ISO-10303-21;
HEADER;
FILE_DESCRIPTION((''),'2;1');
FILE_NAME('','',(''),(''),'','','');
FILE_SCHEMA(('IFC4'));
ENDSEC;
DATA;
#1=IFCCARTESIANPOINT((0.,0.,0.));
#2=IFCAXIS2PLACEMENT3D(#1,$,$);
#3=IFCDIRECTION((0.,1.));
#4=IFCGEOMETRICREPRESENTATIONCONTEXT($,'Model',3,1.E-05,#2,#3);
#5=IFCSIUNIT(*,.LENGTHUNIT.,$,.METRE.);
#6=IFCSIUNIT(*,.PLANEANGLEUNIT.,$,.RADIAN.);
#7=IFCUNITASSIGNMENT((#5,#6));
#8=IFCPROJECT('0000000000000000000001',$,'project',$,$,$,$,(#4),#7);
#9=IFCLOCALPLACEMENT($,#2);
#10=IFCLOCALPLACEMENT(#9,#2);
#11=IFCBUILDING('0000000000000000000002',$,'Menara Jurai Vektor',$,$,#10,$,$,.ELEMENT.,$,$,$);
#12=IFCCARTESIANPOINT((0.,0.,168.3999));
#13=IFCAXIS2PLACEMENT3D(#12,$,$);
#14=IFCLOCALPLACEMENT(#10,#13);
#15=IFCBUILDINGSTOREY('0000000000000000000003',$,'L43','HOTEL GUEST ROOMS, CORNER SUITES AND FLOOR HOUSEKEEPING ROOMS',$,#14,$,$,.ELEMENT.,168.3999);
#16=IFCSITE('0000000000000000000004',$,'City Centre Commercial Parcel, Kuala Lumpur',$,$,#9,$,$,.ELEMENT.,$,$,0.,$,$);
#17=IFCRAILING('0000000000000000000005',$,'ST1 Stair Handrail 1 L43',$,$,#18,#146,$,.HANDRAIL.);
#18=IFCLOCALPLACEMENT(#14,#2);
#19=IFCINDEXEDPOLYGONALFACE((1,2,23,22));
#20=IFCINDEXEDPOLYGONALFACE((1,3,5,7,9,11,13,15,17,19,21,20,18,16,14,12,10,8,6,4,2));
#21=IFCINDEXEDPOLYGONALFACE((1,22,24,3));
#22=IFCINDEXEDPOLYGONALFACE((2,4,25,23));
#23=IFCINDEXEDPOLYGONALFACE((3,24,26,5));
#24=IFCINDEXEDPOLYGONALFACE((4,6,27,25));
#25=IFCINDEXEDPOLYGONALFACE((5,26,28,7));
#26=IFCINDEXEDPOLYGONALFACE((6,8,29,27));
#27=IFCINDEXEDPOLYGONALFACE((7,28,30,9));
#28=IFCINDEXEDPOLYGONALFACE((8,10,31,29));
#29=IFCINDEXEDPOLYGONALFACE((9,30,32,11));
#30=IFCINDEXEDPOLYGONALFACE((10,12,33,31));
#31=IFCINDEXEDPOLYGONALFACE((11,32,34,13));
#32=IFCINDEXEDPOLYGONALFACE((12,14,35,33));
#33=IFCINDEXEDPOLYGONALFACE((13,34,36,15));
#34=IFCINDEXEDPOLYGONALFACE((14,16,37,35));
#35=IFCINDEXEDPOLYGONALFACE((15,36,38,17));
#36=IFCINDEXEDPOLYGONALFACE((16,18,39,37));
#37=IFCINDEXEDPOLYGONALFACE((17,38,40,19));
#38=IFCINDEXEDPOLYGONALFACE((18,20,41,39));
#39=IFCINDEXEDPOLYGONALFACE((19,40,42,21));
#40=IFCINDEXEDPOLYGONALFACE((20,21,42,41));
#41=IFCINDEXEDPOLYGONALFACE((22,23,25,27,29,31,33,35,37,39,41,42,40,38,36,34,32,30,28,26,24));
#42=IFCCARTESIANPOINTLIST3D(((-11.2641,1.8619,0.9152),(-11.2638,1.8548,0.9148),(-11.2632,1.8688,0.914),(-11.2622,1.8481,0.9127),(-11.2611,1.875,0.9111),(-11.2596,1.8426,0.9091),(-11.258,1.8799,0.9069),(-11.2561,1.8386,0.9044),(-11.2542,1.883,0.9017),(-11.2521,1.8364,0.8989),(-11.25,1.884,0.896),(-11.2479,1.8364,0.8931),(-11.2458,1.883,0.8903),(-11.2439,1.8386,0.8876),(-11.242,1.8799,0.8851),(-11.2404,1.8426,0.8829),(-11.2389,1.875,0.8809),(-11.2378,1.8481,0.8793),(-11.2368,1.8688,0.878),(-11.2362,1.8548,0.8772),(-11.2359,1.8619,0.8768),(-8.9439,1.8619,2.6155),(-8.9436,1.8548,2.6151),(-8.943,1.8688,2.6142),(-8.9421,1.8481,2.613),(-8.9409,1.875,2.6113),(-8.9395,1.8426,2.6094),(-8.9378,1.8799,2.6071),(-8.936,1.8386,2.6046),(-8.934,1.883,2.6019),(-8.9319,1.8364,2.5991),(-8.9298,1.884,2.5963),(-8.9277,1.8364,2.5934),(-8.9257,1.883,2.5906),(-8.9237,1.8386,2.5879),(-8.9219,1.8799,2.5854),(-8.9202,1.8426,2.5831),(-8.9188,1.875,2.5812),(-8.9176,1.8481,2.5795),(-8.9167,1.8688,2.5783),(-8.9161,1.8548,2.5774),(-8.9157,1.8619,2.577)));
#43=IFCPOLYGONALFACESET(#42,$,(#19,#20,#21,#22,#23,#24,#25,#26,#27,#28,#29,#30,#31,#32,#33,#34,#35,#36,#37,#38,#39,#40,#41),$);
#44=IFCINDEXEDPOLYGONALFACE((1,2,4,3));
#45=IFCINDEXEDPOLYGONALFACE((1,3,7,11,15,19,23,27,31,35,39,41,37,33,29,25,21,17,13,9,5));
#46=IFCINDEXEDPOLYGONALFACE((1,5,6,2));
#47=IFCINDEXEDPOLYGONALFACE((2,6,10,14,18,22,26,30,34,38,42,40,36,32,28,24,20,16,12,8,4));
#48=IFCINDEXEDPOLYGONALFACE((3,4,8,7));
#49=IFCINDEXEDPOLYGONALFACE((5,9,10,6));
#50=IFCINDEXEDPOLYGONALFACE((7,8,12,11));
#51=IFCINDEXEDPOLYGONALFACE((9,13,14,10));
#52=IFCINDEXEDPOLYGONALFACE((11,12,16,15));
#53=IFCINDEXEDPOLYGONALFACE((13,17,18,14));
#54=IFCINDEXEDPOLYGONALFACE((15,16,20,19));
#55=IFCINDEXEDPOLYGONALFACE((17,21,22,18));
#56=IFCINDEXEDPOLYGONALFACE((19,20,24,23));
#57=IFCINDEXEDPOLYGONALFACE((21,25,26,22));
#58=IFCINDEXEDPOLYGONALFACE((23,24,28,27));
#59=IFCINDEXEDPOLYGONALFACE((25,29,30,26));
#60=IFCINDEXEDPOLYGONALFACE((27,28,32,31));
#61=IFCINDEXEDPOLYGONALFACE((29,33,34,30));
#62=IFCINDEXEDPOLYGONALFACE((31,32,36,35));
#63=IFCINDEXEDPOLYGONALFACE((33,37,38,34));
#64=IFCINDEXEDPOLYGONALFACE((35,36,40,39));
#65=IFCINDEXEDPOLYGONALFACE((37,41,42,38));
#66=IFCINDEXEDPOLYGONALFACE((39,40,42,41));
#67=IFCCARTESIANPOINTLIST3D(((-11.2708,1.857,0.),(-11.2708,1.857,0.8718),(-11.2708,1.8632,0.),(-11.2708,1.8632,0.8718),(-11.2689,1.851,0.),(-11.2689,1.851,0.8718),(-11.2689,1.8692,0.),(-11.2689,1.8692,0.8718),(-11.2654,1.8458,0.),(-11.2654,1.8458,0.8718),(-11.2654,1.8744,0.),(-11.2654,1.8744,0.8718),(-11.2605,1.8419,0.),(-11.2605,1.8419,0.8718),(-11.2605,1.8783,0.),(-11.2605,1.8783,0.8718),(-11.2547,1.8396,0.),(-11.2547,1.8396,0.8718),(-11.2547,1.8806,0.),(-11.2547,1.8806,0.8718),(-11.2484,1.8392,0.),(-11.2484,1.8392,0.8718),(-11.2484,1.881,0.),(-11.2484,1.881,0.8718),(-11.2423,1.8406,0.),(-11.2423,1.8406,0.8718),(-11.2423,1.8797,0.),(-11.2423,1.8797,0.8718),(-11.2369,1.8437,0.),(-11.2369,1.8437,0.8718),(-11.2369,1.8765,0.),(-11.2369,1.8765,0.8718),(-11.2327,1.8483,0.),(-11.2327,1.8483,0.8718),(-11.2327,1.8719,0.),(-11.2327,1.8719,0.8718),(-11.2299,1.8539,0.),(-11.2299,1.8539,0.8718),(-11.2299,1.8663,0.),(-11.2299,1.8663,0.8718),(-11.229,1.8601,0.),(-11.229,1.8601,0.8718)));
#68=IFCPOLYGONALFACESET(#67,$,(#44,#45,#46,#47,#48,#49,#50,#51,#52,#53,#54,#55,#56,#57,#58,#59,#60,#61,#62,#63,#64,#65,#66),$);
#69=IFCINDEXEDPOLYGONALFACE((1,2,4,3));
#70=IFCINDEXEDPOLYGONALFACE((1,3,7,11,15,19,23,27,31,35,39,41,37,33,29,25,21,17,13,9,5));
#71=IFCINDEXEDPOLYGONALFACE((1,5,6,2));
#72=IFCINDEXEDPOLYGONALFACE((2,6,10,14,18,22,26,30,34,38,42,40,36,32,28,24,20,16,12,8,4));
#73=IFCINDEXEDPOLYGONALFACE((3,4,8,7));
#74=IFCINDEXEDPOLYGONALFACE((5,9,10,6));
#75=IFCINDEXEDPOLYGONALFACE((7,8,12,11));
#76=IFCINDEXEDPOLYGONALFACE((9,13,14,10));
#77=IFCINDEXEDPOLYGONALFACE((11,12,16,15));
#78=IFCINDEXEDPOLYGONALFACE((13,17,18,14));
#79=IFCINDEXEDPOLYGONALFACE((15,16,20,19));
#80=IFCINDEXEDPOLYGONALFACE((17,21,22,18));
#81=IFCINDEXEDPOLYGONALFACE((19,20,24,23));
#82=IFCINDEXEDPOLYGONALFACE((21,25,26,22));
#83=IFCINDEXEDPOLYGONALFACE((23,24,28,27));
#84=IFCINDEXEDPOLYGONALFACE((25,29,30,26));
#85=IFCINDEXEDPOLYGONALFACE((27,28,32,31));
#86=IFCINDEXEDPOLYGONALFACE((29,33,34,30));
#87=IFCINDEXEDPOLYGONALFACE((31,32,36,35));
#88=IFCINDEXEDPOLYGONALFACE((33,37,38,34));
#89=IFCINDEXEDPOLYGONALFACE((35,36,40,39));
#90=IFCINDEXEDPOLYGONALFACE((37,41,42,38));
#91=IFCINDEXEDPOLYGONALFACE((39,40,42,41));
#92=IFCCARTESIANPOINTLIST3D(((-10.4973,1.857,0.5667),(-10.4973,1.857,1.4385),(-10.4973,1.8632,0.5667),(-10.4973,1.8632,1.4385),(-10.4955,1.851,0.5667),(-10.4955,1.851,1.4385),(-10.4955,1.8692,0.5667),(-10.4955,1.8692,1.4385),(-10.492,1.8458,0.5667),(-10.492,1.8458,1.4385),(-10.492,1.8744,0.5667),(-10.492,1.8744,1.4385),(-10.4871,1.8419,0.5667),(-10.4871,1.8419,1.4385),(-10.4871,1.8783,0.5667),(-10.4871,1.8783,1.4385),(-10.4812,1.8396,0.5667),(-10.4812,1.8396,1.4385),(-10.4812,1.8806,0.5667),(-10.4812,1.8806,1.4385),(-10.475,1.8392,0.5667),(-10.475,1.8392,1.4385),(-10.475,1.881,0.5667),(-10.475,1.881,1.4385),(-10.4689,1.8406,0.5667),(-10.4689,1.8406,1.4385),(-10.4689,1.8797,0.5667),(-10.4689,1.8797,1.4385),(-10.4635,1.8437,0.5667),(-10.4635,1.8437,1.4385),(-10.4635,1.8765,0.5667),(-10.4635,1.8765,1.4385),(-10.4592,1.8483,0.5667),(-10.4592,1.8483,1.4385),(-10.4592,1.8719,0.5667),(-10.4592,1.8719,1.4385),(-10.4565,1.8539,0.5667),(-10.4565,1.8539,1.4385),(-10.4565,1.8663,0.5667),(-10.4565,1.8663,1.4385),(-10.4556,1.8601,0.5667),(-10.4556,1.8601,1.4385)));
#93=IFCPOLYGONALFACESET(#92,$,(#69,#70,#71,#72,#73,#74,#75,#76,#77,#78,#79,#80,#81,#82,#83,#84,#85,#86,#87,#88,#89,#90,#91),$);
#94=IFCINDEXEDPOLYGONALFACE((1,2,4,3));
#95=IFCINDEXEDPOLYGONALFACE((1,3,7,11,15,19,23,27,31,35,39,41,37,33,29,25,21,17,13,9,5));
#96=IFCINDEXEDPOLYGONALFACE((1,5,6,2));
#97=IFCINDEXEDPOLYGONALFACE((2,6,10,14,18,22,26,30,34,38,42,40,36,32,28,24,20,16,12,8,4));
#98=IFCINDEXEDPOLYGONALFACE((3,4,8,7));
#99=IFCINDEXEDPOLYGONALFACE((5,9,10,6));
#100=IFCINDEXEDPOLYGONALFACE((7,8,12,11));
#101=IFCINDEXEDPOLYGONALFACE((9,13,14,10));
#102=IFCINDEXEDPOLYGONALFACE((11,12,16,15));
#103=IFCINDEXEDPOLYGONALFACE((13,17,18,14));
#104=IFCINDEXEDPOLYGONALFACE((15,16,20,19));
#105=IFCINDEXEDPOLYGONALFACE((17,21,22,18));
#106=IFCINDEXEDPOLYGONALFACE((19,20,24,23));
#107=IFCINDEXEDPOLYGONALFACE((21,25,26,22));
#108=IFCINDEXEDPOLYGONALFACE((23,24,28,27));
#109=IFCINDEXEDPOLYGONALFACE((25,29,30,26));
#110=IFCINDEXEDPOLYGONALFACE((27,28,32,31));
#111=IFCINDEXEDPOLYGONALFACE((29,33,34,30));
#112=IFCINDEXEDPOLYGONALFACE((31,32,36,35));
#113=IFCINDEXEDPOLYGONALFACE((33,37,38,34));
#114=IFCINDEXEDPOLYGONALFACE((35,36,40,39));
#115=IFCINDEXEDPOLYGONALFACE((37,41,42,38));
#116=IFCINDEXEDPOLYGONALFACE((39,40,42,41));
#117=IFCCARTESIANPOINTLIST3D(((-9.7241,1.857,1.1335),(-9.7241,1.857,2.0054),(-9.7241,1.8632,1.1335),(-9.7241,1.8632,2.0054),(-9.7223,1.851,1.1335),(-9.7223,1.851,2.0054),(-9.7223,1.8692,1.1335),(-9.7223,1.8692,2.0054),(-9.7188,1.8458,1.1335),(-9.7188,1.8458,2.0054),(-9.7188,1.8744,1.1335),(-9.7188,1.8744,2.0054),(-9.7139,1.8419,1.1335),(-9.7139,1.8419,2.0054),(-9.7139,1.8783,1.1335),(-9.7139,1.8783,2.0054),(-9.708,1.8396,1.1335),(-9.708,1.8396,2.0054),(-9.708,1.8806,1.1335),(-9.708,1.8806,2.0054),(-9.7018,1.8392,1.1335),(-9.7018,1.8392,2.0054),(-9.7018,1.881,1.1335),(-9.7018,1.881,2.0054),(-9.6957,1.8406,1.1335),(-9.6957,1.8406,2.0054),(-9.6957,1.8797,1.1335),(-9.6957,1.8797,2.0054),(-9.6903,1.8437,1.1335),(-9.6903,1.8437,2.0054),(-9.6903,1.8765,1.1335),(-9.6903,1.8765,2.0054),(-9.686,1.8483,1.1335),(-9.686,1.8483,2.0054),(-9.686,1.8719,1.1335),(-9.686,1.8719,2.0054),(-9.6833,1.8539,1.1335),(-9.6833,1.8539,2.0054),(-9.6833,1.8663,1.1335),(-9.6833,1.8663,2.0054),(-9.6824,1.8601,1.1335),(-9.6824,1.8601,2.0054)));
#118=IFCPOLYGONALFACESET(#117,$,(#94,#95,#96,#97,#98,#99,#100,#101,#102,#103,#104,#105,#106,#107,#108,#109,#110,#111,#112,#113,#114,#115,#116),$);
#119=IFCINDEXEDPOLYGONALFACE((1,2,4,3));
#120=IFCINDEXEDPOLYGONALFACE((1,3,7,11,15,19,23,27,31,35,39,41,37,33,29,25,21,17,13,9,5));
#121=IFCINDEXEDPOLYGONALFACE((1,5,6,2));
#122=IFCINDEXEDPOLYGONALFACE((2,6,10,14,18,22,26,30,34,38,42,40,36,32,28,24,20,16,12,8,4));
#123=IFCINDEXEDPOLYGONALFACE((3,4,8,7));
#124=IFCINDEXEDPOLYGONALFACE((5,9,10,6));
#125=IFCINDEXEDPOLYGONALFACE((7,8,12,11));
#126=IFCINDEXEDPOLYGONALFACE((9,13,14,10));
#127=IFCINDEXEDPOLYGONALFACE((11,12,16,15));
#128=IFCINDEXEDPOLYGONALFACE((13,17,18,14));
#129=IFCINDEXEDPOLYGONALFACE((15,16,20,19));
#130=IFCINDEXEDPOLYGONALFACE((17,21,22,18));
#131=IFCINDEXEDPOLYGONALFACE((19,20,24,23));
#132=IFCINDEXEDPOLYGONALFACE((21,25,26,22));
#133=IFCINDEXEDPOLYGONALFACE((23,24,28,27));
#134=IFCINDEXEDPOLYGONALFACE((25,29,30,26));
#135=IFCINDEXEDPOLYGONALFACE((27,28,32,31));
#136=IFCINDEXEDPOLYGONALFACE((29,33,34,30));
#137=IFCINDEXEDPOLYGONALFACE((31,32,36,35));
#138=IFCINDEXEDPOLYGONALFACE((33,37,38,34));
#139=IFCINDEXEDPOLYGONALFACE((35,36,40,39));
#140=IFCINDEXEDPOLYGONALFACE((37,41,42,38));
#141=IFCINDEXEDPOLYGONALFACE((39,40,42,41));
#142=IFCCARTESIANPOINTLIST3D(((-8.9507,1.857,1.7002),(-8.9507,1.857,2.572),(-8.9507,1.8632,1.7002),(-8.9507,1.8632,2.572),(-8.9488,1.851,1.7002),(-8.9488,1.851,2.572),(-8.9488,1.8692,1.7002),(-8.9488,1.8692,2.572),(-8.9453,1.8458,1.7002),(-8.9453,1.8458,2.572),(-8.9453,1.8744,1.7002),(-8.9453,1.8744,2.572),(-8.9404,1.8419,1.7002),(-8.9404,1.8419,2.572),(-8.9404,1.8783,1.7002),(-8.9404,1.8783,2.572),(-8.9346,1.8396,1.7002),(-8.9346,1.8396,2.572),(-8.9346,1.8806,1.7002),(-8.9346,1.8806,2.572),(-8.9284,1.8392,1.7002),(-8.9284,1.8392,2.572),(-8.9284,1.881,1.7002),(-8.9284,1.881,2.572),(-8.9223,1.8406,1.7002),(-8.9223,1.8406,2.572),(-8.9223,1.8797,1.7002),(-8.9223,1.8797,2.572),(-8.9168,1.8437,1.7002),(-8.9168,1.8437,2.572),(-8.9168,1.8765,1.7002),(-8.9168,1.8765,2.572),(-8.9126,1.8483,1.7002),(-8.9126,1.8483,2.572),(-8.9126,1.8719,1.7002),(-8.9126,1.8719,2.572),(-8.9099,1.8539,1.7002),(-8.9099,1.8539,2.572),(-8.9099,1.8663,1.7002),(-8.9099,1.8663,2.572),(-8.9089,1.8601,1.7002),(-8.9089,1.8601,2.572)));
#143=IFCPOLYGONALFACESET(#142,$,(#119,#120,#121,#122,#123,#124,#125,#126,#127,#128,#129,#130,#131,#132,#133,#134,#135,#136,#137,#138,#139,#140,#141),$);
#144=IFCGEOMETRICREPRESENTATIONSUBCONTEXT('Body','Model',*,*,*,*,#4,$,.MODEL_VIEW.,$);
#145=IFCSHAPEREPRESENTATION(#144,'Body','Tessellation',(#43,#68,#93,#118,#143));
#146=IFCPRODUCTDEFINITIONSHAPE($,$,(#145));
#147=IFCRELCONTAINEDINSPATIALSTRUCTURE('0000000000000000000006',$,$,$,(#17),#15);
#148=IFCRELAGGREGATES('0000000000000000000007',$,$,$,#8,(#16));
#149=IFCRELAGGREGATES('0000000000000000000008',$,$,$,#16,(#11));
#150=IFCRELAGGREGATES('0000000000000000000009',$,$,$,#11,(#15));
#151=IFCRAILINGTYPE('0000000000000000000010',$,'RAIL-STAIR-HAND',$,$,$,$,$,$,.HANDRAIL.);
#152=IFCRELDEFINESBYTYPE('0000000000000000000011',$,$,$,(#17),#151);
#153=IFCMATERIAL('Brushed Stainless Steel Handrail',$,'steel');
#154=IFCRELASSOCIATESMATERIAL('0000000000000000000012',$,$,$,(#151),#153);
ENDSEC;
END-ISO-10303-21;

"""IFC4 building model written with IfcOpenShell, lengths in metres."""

from ifc_helpers import new_model, si_unit, direction, frame, origin, origin_2d, place, context, subcontext, project, spatial, circle, extrude, material, type_object, element, save


model = new_model("IFC4")

# Units and contexts
model_context = context("Model", 3, precision=1e-05, world=origin(), true_north=direction((0.0, 1.0)))
body_context = subcontext(model_context, "Body", "Model", "MODEL_VIEW")
ifc_project = project(units=[si_unit("LENGTHUNIT", "METRE"), si_unit("PLANEANGLEUNIT", "RADIAN")], contexts=[model_context])

# Site, building, storey
site_placement = place(None, origin())
site = spatial("IfcSite", under=ifc_project, at=site_placement, Name="City Centre Commercial Parcel, Kuala Lumpur", CompositionType="ELEMENT", RefElevation=0.0)
building_placement = place(site_placement, origin())
building = spatial("IfcBuilding", under=site, at=building_placement, Name="Menara Jurai Vektor", CompositionType="ELEMENT")
storey_placement = place(building_placement, frame((0.0, 0.0, 168.3999)))
storey = spatial("IfcBuildingStorey", under=building, at=storey_placement, Name="L43", Description="HOTEL GUEST ROOMS, CORNER SUITES AND FLOOR HOUSEKEEPING ROOMS", CompositionType="ELEMENT", Elevation=168.3999)

# Railing
ifc_material_1 = material(Name="Brushed Stainless Steel Handrail", Category="steel")
railing_type_1 = type_object("IfcRailingType", Name="RAIL-STAIR-HAND", PredefinedType="HANDRAIL", material=ifc_material_1)
railing_1_placement = place(storey_placement, frame((-11.25, 1.8601, 0.0)))
element("IfcRailing", 1, at=railing_1_placement, inside=storey, type_object=railing_type_1, Name="ST1 Stair Handrail 1 L43", PredefinedType="HANDRAIL", context=body_context, shape_type="SweptSolid", body=[
    extrude(circle(Radius=0.0239, at=origin_2d()), frame((0.0, 0.0, 0.896), z_axis=(0.806602, 0.0, 0.591095), x_axis=(0.0, 1.0, 0.0)), (0.0, 0.0, 1.0), 2.8765),
    extrude(circle(Radius=0.021, at=origin_2d()), origin(), (0.0, 0.0, 1.0), 0.8718),
    extrude(circle(Radius=0.021, at=origin_2d()), frame((0.7734, 0.0, 0.5667)), (0.0, 0.0, 1.0), 0.8718),
    extrude(circle(Radius=0.021, at=origin_2d()), frame((1.5466, 0.0, 1.1335)), (0.0, 0.0, 1.0), 0.8718),
    extrude(circle(Radius=0.021, at=origin_2d()), frame((2.3201, 0.0, 1.7002)), (0.0, 0.0, 1.0), 0.8718),
])

save(model, "model.ifc")
